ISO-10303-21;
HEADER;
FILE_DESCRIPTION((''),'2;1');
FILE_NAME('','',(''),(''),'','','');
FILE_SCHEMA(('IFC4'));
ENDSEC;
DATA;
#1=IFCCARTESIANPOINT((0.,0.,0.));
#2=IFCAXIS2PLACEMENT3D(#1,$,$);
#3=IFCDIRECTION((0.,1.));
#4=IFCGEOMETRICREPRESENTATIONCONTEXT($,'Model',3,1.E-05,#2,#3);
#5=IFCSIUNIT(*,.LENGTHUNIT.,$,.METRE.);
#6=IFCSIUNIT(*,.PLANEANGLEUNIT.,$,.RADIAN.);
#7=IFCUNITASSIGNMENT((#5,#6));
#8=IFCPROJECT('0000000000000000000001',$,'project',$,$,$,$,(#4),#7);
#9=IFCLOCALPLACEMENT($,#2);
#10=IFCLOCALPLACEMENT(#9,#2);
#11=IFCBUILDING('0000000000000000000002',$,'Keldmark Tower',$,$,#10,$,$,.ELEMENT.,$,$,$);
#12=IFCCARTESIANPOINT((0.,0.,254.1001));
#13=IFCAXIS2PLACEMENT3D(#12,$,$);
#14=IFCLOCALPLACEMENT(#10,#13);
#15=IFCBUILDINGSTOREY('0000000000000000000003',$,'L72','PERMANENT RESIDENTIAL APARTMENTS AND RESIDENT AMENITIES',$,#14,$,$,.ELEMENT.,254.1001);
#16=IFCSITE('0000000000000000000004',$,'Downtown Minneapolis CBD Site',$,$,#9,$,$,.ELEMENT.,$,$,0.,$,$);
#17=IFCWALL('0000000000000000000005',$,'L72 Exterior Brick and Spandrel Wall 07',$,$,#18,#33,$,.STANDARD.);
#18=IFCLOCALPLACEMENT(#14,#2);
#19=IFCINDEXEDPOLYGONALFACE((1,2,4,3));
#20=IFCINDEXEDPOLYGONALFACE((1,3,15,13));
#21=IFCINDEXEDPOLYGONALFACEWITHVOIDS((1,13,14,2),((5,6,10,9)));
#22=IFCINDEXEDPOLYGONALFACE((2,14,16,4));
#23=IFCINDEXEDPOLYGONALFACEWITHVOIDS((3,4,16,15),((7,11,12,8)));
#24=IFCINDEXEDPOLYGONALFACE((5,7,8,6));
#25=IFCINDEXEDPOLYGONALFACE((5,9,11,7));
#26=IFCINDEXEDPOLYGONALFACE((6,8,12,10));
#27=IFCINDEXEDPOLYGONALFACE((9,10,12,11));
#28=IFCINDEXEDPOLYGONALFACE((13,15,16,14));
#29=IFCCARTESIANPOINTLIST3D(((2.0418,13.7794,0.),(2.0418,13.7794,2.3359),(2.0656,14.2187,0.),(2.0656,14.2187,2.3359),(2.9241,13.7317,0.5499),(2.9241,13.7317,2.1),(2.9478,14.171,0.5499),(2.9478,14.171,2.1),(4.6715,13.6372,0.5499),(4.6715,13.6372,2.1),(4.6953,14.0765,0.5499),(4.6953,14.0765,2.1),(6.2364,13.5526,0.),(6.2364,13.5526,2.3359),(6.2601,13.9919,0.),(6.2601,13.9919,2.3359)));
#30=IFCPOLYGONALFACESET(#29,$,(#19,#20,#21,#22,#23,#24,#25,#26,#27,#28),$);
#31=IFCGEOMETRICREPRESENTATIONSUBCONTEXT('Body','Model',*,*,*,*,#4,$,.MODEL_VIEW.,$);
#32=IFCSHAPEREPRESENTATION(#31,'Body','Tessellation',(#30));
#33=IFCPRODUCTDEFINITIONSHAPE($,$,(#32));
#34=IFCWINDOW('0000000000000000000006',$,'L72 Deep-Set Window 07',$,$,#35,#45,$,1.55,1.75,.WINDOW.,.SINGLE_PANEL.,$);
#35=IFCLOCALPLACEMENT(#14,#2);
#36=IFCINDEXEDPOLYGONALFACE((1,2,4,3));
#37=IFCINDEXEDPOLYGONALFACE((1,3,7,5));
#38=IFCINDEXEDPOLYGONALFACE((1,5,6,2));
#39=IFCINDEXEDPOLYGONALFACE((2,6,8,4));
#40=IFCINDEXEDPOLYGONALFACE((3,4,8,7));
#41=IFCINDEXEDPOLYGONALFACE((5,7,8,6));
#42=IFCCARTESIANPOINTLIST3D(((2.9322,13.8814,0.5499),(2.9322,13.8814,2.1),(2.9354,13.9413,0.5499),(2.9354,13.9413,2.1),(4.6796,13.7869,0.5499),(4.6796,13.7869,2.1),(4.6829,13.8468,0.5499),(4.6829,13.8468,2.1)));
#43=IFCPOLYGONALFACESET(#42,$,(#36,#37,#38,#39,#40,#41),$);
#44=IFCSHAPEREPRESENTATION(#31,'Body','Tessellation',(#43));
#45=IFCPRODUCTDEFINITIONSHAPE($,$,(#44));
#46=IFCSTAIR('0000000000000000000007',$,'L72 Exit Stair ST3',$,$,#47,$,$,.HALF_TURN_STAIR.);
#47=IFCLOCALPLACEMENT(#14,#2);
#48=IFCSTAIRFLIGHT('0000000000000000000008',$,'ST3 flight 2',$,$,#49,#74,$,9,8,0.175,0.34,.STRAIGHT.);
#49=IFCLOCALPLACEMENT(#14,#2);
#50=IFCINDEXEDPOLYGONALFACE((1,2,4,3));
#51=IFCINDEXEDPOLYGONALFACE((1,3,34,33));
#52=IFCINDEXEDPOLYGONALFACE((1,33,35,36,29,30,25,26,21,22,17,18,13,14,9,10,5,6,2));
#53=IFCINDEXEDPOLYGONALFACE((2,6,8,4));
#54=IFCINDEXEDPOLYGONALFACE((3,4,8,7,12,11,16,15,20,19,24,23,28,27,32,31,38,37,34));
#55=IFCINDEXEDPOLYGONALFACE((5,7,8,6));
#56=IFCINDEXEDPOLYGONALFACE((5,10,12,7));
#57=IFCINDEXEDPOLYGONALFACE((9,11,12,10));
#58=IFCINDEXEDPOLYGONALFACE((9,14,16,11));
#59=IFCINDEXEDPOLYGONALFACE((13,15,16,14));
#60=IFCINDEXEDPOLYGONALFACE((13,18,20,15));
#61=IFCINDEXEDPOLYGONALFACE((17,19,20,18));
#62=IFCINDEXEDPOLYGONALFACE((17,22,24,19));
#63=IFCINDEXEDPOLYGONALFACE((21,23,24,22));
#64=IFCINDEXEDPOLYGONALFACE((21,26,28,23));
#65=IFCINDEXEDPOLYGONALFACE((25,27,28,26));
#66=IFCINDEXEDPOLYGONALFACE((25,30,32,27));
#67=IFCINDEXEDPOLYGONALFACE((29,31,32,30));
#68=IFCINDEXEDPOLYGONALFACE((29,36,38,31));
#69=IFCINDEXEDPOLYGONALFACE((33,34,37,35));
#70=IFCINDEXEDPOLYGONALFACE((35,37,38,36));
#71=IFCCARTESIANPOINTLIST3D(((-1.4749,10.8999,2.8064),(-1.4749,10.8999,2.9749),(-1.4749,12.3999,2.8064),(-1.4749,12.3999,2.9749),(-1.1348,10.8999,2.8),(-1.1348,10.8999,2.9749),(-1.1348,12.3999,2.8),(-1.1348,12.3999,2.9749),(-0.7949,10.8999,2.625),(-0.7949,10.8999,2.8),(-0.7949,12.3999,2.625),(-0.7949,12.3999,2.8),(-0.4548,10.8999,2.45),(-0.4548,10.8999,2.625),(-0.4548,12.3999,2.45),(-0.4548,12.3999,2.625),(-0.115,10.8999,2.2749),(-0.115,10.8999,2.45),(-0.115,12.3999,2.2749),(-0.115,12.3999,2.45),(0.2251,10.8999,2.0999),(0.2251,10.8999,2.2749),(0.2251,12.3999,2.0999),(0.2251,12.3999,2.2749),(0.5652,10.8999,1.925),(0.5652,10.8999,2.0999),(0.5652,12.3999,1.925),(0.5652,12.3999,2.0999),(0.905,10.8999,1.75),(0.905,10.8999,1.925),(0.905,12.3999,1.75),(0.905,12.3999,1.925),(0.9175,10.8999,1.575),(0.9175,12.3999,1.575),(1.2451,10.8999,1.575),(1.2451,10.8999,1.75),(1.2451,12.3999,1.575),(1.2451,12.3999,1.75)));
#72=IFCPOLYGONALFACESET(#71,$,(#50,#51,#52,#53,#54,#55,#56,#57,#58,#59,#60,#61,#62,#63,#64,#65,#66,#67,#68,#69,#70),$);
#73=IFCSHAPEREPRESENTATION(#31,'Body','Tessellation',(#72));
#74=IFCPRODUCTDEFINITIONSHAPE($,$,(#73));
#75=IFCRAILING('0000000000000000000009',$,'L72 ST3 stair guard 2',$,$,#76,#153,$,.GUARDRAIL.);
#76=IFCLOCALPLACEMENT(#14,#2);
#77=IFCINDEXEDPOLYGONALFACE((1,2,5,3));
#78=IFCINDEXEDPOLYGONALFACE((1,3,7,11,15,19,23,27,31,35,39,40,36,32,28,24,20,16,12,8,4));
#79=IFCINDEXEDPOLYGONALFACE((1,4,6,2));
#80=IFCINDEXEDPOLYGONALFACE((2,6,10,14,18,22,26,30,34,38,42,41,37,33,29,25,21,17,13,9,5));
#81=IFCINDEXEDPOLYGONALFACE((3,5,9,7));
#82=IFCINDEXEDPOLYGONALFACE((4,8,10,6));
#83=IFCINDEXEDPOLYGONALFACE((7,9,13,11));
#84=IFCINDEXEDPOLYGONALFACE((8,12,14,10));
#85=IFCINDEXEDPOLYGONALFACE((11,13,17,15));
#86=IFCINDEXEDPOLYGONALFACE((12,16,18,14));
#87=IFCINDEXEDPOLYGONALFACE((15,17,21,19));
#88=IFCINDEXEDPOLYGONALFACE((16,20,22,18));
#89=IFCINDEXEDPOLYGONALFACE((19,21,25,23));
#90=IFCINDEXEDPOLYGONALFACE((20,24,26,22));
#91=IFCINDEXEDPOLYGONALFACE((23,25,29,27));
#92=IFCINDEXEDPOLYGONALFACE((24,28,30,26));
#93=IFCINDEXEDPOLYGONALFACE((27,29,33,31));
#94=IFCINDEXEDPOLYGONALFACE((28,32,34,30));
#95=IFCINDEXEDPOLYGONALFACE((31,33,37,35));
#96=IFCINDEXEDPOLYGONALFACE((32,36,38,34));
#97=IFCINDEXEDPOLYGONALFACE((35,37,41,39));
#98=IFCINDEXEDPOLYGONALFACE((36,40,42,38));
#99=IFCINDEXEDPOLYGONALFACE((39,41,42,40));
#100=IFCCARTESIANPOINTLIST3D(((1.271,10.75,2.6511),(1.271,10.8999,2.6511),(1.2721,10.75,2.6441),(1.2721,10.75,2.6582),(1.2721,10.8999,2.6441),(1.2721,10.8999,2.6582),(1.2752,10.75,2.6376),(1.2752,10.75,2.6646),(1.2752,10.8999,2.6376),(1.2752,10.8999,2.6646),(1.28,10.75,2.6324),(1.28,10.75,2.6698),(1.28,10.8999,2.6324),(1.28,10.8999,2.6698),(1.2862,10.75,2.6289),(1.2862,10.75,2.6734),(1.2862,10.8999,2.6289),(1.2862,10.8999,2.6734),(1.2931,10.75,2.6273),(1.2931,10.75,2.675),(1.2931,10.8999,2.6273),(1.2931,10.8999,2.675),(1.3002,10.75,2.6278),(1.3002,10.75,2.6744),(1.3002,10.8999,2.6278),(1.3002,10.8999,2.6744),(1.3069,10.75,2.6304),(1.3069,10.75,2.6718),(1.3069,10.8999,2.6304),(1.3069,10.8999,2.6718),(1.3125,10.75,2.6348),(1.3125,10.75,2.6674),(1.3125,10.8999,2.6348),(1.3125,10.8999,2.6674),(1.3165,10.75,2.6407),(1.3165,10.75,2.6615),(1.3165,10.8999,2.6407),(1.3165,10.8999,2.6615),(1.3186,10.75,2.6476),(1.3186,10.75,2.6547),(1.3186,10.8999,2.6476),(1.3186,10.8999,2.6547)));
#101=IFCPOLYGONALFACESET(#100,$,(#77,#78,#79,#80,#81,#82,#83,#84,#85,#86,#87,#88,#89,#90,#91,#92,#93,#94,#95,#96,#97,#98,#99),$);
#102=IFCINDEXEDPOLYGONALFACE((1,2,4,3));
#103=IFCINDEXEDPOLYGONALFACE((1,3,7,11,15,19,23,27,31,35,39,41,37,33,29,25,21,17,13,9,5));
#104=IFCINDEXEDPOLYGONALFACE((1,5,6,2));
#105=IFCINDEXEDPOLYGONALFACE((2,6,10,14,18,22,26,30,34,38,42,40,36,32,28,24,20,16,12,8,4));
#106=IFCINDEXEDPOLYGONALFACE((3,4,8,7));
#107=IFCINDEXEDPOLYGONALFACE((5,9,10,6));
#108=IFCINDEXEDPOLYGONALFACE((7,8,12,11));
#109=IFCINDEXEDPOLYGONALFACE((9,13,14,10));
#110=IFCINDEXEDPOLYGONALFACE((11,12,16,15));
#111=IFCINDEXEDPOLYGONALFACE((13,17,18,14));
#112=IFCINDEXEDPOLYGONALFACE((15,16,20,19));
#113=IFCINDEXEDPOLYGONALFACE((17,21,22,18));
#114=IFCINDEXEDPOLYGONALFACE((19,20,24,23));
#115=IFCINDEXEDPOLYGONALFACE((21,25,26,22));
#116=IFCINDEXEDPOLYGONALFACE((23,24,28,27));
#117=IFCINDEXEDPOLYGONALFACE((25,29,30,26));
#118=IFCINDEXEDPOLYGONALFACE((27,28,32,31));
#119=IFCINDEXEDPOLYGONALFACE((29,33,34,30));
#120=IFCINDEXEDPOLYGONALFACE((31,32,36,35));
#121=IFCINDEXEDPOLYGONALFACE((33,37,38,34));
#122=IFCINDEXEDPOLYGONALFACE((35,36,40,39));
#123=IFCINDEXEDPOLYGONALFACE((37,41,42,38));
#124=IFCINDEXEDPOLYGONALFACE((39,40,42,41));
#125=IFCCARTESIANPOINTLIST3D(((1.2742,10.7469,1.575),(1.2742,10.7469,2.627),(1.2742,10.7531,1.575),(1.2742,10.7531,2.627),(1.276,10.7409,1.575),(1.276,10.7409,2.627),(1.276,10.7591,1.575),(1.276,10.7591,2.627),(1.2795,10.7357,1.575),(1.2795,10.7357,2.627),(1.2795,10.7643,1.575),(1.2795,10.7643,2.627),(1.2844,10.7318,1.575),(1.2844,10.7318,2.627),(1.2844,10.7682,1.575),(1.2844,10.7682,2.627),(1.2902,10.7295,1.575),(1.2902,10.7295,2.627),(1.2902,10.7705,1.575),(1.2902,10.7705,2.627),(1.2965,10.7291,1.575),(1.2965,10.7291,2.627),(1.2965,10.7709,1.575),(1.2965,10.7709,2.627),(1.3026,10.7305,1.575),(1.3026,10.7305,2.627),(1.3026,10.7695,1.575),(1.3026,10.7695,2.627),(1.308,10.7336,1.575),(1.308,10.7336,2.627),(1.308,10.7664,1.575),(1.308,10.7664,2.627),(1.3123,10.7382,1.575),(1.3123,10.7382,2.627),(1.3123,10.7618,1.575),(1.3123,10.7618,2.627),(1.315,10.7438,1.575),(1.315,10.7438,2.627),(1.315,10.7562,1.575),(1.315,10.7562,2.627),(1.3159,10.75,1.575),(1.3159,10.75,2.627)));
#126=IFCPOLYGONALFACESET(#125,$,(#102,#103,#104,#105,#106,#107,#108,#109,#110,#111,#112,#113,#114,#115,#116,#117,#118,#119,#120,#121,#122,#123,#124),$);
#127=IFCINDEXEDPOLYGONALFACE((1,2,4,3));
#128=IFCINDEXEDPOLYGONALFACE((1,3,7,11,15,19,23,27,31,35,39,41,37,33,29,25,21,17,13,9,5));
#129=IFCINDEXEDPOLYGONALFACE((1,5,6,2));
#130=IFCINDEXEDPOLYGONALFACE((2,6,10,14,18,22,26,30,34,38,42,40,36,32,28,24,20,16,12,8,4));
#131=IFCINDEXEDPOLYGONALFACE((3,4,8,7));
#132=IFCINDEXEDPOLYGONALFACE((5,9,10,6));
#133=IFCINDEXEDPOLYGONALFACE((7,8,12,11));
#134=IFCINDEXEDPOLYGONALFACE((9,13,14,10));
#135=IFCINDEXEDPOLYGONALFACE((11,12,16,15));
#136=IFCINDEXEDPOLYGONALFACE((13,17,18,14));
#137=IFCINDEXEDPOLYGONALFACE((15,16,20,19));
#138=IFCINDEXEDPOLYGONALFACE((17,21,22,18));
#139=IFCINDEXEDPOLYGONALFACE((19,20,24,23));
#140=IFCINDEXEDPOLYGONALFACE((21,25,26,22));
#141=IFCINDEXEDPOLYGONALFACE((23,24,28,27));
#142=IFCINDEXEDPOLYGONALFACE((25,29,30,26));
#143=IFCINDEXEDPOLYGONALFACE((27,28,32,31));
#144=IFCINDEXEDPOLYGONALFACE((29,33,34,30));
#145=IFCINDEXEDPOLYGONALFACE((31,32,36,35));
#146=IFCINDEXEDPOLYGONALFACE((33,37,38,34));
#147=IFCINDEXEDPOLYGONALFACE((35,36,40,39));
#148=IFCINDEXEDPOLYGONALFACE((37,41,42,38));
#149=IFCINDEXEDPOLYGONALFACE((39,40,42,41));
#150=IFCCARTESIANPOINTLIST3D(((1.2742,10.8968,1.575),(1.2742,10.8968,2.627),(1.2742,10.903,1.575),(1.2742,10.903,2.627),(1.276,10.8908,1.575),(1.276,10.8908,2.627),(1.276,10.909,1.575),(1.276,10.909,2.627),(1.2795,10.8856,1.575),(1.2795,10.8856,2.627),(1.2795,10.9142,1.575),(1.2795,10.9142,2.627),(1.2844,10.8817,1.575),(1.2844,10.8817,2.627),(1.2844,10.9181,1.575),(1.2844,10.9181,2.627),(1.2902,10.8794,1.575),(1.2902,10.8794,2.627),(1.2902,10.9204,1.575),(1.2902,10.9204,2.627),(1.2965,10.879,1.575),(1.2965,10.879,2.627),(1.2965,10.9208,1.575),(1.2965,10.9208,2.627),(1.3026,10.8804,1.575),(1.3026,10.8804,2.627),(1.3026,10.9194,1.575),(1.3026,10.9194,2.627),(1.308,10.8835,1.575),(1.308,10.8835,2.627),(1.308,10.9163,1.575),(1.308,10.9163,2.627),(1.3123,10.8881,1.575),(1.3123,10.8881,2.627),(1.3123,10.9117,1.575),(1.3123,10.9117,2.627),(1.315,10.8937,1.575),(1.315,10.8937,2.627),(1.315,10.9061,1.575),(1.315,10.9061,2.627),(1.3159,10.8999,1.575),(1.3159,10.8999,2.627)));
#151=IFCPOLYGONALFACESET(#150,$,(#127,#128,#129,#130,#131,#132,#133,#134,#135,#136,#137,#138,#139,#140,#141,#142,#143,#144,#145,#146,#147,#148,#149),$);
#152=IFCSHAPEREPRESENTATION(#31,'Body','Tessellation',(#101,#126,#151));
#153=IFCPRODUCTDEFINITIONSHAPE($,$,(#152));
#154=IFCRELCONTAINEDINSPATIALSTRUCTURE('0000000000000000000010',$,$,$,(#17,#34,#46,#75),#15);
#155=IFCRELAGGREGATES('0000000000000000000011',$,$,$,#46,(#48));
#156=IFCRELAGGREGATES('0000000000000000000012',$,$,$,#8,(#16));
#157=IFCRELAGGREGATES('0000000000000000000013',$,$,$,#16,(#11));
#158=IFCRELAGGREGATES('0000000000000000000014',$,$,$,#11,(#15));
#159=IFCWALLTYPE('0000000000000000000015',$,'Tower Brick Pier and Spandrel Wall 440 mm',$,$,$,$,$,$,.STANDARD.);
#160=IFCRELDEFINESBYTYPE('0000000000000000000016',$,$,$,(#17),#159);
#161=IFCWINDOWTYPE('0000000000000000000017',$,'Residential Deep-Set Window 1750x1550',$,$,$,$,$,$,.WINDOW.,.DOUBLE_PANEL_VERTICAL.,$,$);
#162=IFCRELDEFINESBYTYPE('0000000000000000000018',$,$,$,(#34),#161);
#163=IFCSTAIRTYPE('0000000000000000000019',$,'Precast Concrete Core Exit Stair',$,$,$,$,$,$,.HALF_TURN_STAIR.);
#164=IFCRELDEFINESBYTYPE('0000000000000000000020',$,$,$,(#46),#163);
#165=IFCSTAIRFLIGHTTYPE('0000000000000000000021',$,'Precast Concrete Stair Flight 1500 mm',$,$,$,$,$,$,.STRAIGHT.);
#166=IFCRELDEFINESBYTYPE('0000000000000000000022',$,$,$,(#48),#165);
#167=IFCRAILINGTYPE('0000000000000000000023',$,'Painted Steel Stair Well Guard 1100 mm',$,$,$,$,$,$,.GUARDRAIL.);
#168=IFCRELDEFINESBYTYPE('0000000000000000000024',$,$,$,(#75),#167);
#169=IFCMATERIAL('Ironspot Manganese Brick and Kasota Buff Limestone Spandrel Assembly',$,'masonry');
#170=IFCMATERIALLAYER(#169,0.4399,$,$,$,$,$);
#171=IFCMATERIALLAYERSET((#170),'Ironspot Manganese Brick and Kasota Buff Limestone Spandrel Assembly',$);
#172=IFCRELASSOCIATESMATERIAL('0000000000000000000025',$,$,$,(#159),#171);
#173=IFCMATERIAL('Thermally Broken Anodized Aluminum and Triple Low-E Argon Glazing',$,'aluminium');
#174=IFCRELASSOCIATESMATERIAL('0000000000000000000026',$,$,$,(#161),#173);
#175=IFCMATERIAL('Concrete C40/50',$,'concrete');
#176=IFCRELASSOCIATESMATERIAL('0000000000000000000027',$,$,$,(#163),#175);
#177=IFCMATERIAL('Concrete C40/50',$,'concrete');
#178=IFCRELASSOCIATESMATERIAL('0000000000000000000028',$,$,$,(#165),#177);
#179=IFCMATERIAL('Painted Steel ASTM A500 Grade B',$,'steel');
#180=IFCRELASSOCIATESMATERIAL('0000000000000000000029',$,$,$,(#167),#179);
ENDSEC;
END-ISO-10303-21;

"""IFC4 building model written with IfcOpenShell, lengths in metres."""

from ifc_helpers import new_model, si_unit, direction, frame, frame_2d, origin, origin_2d, place, context, subcontext, project, spatial, polyline, rectangle, circle, outline, extrude, material, layer, layer_set, type_object, element, fill, aggregate, save


model = new_model("IFC4")

# Units and contexts
model_context = context("Model", 3, precision=1e-05, world=origin(), true_north=direction((0.0, 1.0)))
body_context = subcontext(model_context, "Body", "Model", "MODEL_VIEW")
ifc_project = project(units=[si_unit("LENGTHUNIT", "METRE"), si_unit("PLANEANGLEUNIT", "RADIAN")], contexts=[model_context])

# Site, building, storey
site_placement = place(None, origin())
site = spatial("IfcSite", under=ifc_project, at=site_placement, Name="Downtown Minneapolis CBD Site", CompositionType="ELEMENT", RefElevation=0.0)
building_placement = place(site_placement, origin())
building = spatial("IfcBuilding", under=site, at=building_placement, Name="Keldmark Tower", CompositionType="ELEMENT")
storey_placement = place(building_placement, frame((0.0, 0.0, 254.1001)))
storey = spatial("IfcBuildingStorey", under=building, at=storey_placement, Name="L72", Description="PERMANENT RESIDENTIAL APARTMENTS AND RESIDENT AMENITIES", CompositionType="ELEMENT", Elevation=254.1001)

# Wall, opening, window
ifc_material_1 = material(Name="Ironspot Manganese Brick and Kasota Buff Limestone Spandrel Assembly", Category="masonry")
ifc_layer_1 = layer(ifc_material_1, 0.4399)
ifc_layer_set_1 = layer_set([ifc_layer_1], Name="Ironspot Manganese Brick and Kasota Buff Limestone Spandrel Assembly")
wall_type_1 = type_object("IfcWallType", Name="Tower Brick Pier and Spandrel Wall 440 mm", PredefinedType="STANDARD", material=ifc_layer_set_1)
wall_1_placement = place(storey_placement, frame((2.0537, 13.999, 0.0), z_axis=(0.0, 0.0, 1.0), x_axis=(0.998541, -0.053992, 0.0)))
wall_1 = element("IfcWall", 1, at=wall_1_placement, inside=storey, type_object=wall_type_1, Name="L72 Exterior Brick and Spandrel Wall 07", PredefinedType="STANDARD", context=body_context, shape_type="SweptSolid", body=[
    extrude(rectangle(XDim=4.2007, YDim=0.4399, at=frame_2d((2.1003, 0.0))), origin(), (0.0, 0.0, 1.0), 2.3359),
])
opening_1_placement = place(wall_1_placement, frame((0.8835, 0.0, 0.55)))
opening_1 = element("IfcOpeningElement", 2, at=opening_1_placement, cuts=wall_1, PredefinedType="OPENING", context=body_context, shape_type="SweptSolid", body=[
    extrude(rectangle(XDim=1.75, YDim=1.55, at=frame_2d((0.875, 0.7749))), frame((0.0, 0.23, 0.0), z_axis=(0.0, -1.0, 0.0), x_axis=(1.0, 0.0, 0.0)), (0.0, 0.0, 1.0), 0.46),
])
ifc_material_2 = material(Name="Thermally Broken Anodized Aluminum and Triple Low-E Argon Glazing", Category="aluminium")
window_type = type_object("IfcWindowType", Name="Residential Deep-Set Window 1750x1550", PartitioningType="DOUBLE_PANEL_VERTICAL", PredefinedType="WINDOW", material=ifc_material_2)
window_placement = place(opening_1_placement, origin())
window = element("IfcWindow", 3, at=window_placement, inside=storey, type_object=window_type, Name="L72 Deep-Set Window 07", OverallHeight=1.55, OverallWidth=1.75, PartitioningType="SINGLE_PANEL", PredefinedType="WINDOW", context=body_context, shape_type="SweptSolid", body=[
    extrude(rectangle(XDim=1.75, YDim=1.55, at=frame_2d((0.875, 0.7749))), frame((0.0, -0.01, 0.0), z_axis=(0.0, -1.0, 0.0), x_axis=(1.0, 0.0, 0.0)), (0.0, 0.0, 1.0), 0.0601),
])
fill(opening_1, window)

# Stair, stair flight
ifc_material_3 = material(Name="Concrete C40/50", Category="concrete")
stair_type = type_object("IfcStairType", Name="Precast Concrete Core Exit Stair", PredefinedType="HALF_TURN_STAIR", material=ifc_material_3)
stair_placement = place(storey_placement, origin())
stair = element("IfcStair", 4, at=stair_placement, inside=storey, type_object=stair_type, Name="L72 Exit Stair ST3", PredefinedType="HALF_TURN_STAIR")
ifc_material_4 = material(Name="Concrete C40/50", Category="concrete")
stair_flight_type = type_object("IfcStairFlightType", Name="Precast Concrete Stair Flight 1500 mm", PredefinedType="STRAIGHT", material=ifc_material_4)
stair_flight_placement = place(storey_placement, frame((1.2451, 11.6499, 1.575), z_axis=(0.0, 0.0, 1.0), x_axis=(-1.0, 0.0, 0.0)))
stair_flight = element("IfcStairFlight", 5, at=stair_flight_placement, type_object=stair_flight_type, Name="ST3 flight 2", NumberOfRisers=9, NumberOfTreads=8, PredefinedType="STRAIGHT", RiserHeight=0.175, TreadLength=0.34, context=body_context, shape_type="SweptSolid", body=[
    extrude(outline(polyline([(0.0, 0.0), (0.0, 0.175), (0.3401, 0.175), (0.3401, 0.3501), (0.6799, 0.3501), (0.6799, 0.5249), (1.02, 0.5249), (1.02, 0.7), (1.3601, 0.7), (1.3601, 0.875), (1.7, 0.875), (1.7, 1.05), (2.04, 1.05), (2.04, 1.2251), (2.3799, 1.2251), (2.3799, 1.3999), (2.72, 1.3999), (2.72, 1.575), (2.72, 1.2314), (0.3276, 0.0), (0.0, 0.0)])), frame((0.0, 0.75, 0.0), z_axis=(0.0, -1.0, 0.0), x_axis=(1.0, 0.0, 0.0)), (0.0, 0.0, 1.0), 1.5),
])
aggregate(stair, [stair_flight])

# Railing
ifc_material_5 = material(Name="Painted Steel ASTM A500 Grade B", Category="steel")
railing_type_1 = type_object("IfcRailingType", Name="Painted Steel Stair Well Guard 1100 mm", PredefinedType="GUARDRAIL", material=ifc_material_5)
railing_1_placement = place(storey_placement, frame((1.2949, 10.75, 1.575)))
element("IfcRailing", 6, at=railing_1_placement, inside=storey, type_object=railing_type_1, Name="L72 ST3 stair guard 2", PredefinedType="GUARDRAIL", context=body_context, shape_type="SweptSolid", body=[
    extrude(circle(Radius=0.0239, at=origin_2d()), frame((0.0, 0.0, 1.0762), z_axis=(0.0, 1.0, 0.0), x_axis=(-1.0, 0.0, 0.0)), (0.0, 0.0, 1.0), 0.1499),
    extrude(circle(Radius=0.021, at=origin_2d()), origin(), (0.0, 0.0, 1.0), 1.052),
    extrude(circle(Radius=0.021, at=origin_2d()), frame((0.0, 0.1499, 0.0)), (0.0, 0.0, 1.0), 1.052),
])

save(model, "model.ifc")
